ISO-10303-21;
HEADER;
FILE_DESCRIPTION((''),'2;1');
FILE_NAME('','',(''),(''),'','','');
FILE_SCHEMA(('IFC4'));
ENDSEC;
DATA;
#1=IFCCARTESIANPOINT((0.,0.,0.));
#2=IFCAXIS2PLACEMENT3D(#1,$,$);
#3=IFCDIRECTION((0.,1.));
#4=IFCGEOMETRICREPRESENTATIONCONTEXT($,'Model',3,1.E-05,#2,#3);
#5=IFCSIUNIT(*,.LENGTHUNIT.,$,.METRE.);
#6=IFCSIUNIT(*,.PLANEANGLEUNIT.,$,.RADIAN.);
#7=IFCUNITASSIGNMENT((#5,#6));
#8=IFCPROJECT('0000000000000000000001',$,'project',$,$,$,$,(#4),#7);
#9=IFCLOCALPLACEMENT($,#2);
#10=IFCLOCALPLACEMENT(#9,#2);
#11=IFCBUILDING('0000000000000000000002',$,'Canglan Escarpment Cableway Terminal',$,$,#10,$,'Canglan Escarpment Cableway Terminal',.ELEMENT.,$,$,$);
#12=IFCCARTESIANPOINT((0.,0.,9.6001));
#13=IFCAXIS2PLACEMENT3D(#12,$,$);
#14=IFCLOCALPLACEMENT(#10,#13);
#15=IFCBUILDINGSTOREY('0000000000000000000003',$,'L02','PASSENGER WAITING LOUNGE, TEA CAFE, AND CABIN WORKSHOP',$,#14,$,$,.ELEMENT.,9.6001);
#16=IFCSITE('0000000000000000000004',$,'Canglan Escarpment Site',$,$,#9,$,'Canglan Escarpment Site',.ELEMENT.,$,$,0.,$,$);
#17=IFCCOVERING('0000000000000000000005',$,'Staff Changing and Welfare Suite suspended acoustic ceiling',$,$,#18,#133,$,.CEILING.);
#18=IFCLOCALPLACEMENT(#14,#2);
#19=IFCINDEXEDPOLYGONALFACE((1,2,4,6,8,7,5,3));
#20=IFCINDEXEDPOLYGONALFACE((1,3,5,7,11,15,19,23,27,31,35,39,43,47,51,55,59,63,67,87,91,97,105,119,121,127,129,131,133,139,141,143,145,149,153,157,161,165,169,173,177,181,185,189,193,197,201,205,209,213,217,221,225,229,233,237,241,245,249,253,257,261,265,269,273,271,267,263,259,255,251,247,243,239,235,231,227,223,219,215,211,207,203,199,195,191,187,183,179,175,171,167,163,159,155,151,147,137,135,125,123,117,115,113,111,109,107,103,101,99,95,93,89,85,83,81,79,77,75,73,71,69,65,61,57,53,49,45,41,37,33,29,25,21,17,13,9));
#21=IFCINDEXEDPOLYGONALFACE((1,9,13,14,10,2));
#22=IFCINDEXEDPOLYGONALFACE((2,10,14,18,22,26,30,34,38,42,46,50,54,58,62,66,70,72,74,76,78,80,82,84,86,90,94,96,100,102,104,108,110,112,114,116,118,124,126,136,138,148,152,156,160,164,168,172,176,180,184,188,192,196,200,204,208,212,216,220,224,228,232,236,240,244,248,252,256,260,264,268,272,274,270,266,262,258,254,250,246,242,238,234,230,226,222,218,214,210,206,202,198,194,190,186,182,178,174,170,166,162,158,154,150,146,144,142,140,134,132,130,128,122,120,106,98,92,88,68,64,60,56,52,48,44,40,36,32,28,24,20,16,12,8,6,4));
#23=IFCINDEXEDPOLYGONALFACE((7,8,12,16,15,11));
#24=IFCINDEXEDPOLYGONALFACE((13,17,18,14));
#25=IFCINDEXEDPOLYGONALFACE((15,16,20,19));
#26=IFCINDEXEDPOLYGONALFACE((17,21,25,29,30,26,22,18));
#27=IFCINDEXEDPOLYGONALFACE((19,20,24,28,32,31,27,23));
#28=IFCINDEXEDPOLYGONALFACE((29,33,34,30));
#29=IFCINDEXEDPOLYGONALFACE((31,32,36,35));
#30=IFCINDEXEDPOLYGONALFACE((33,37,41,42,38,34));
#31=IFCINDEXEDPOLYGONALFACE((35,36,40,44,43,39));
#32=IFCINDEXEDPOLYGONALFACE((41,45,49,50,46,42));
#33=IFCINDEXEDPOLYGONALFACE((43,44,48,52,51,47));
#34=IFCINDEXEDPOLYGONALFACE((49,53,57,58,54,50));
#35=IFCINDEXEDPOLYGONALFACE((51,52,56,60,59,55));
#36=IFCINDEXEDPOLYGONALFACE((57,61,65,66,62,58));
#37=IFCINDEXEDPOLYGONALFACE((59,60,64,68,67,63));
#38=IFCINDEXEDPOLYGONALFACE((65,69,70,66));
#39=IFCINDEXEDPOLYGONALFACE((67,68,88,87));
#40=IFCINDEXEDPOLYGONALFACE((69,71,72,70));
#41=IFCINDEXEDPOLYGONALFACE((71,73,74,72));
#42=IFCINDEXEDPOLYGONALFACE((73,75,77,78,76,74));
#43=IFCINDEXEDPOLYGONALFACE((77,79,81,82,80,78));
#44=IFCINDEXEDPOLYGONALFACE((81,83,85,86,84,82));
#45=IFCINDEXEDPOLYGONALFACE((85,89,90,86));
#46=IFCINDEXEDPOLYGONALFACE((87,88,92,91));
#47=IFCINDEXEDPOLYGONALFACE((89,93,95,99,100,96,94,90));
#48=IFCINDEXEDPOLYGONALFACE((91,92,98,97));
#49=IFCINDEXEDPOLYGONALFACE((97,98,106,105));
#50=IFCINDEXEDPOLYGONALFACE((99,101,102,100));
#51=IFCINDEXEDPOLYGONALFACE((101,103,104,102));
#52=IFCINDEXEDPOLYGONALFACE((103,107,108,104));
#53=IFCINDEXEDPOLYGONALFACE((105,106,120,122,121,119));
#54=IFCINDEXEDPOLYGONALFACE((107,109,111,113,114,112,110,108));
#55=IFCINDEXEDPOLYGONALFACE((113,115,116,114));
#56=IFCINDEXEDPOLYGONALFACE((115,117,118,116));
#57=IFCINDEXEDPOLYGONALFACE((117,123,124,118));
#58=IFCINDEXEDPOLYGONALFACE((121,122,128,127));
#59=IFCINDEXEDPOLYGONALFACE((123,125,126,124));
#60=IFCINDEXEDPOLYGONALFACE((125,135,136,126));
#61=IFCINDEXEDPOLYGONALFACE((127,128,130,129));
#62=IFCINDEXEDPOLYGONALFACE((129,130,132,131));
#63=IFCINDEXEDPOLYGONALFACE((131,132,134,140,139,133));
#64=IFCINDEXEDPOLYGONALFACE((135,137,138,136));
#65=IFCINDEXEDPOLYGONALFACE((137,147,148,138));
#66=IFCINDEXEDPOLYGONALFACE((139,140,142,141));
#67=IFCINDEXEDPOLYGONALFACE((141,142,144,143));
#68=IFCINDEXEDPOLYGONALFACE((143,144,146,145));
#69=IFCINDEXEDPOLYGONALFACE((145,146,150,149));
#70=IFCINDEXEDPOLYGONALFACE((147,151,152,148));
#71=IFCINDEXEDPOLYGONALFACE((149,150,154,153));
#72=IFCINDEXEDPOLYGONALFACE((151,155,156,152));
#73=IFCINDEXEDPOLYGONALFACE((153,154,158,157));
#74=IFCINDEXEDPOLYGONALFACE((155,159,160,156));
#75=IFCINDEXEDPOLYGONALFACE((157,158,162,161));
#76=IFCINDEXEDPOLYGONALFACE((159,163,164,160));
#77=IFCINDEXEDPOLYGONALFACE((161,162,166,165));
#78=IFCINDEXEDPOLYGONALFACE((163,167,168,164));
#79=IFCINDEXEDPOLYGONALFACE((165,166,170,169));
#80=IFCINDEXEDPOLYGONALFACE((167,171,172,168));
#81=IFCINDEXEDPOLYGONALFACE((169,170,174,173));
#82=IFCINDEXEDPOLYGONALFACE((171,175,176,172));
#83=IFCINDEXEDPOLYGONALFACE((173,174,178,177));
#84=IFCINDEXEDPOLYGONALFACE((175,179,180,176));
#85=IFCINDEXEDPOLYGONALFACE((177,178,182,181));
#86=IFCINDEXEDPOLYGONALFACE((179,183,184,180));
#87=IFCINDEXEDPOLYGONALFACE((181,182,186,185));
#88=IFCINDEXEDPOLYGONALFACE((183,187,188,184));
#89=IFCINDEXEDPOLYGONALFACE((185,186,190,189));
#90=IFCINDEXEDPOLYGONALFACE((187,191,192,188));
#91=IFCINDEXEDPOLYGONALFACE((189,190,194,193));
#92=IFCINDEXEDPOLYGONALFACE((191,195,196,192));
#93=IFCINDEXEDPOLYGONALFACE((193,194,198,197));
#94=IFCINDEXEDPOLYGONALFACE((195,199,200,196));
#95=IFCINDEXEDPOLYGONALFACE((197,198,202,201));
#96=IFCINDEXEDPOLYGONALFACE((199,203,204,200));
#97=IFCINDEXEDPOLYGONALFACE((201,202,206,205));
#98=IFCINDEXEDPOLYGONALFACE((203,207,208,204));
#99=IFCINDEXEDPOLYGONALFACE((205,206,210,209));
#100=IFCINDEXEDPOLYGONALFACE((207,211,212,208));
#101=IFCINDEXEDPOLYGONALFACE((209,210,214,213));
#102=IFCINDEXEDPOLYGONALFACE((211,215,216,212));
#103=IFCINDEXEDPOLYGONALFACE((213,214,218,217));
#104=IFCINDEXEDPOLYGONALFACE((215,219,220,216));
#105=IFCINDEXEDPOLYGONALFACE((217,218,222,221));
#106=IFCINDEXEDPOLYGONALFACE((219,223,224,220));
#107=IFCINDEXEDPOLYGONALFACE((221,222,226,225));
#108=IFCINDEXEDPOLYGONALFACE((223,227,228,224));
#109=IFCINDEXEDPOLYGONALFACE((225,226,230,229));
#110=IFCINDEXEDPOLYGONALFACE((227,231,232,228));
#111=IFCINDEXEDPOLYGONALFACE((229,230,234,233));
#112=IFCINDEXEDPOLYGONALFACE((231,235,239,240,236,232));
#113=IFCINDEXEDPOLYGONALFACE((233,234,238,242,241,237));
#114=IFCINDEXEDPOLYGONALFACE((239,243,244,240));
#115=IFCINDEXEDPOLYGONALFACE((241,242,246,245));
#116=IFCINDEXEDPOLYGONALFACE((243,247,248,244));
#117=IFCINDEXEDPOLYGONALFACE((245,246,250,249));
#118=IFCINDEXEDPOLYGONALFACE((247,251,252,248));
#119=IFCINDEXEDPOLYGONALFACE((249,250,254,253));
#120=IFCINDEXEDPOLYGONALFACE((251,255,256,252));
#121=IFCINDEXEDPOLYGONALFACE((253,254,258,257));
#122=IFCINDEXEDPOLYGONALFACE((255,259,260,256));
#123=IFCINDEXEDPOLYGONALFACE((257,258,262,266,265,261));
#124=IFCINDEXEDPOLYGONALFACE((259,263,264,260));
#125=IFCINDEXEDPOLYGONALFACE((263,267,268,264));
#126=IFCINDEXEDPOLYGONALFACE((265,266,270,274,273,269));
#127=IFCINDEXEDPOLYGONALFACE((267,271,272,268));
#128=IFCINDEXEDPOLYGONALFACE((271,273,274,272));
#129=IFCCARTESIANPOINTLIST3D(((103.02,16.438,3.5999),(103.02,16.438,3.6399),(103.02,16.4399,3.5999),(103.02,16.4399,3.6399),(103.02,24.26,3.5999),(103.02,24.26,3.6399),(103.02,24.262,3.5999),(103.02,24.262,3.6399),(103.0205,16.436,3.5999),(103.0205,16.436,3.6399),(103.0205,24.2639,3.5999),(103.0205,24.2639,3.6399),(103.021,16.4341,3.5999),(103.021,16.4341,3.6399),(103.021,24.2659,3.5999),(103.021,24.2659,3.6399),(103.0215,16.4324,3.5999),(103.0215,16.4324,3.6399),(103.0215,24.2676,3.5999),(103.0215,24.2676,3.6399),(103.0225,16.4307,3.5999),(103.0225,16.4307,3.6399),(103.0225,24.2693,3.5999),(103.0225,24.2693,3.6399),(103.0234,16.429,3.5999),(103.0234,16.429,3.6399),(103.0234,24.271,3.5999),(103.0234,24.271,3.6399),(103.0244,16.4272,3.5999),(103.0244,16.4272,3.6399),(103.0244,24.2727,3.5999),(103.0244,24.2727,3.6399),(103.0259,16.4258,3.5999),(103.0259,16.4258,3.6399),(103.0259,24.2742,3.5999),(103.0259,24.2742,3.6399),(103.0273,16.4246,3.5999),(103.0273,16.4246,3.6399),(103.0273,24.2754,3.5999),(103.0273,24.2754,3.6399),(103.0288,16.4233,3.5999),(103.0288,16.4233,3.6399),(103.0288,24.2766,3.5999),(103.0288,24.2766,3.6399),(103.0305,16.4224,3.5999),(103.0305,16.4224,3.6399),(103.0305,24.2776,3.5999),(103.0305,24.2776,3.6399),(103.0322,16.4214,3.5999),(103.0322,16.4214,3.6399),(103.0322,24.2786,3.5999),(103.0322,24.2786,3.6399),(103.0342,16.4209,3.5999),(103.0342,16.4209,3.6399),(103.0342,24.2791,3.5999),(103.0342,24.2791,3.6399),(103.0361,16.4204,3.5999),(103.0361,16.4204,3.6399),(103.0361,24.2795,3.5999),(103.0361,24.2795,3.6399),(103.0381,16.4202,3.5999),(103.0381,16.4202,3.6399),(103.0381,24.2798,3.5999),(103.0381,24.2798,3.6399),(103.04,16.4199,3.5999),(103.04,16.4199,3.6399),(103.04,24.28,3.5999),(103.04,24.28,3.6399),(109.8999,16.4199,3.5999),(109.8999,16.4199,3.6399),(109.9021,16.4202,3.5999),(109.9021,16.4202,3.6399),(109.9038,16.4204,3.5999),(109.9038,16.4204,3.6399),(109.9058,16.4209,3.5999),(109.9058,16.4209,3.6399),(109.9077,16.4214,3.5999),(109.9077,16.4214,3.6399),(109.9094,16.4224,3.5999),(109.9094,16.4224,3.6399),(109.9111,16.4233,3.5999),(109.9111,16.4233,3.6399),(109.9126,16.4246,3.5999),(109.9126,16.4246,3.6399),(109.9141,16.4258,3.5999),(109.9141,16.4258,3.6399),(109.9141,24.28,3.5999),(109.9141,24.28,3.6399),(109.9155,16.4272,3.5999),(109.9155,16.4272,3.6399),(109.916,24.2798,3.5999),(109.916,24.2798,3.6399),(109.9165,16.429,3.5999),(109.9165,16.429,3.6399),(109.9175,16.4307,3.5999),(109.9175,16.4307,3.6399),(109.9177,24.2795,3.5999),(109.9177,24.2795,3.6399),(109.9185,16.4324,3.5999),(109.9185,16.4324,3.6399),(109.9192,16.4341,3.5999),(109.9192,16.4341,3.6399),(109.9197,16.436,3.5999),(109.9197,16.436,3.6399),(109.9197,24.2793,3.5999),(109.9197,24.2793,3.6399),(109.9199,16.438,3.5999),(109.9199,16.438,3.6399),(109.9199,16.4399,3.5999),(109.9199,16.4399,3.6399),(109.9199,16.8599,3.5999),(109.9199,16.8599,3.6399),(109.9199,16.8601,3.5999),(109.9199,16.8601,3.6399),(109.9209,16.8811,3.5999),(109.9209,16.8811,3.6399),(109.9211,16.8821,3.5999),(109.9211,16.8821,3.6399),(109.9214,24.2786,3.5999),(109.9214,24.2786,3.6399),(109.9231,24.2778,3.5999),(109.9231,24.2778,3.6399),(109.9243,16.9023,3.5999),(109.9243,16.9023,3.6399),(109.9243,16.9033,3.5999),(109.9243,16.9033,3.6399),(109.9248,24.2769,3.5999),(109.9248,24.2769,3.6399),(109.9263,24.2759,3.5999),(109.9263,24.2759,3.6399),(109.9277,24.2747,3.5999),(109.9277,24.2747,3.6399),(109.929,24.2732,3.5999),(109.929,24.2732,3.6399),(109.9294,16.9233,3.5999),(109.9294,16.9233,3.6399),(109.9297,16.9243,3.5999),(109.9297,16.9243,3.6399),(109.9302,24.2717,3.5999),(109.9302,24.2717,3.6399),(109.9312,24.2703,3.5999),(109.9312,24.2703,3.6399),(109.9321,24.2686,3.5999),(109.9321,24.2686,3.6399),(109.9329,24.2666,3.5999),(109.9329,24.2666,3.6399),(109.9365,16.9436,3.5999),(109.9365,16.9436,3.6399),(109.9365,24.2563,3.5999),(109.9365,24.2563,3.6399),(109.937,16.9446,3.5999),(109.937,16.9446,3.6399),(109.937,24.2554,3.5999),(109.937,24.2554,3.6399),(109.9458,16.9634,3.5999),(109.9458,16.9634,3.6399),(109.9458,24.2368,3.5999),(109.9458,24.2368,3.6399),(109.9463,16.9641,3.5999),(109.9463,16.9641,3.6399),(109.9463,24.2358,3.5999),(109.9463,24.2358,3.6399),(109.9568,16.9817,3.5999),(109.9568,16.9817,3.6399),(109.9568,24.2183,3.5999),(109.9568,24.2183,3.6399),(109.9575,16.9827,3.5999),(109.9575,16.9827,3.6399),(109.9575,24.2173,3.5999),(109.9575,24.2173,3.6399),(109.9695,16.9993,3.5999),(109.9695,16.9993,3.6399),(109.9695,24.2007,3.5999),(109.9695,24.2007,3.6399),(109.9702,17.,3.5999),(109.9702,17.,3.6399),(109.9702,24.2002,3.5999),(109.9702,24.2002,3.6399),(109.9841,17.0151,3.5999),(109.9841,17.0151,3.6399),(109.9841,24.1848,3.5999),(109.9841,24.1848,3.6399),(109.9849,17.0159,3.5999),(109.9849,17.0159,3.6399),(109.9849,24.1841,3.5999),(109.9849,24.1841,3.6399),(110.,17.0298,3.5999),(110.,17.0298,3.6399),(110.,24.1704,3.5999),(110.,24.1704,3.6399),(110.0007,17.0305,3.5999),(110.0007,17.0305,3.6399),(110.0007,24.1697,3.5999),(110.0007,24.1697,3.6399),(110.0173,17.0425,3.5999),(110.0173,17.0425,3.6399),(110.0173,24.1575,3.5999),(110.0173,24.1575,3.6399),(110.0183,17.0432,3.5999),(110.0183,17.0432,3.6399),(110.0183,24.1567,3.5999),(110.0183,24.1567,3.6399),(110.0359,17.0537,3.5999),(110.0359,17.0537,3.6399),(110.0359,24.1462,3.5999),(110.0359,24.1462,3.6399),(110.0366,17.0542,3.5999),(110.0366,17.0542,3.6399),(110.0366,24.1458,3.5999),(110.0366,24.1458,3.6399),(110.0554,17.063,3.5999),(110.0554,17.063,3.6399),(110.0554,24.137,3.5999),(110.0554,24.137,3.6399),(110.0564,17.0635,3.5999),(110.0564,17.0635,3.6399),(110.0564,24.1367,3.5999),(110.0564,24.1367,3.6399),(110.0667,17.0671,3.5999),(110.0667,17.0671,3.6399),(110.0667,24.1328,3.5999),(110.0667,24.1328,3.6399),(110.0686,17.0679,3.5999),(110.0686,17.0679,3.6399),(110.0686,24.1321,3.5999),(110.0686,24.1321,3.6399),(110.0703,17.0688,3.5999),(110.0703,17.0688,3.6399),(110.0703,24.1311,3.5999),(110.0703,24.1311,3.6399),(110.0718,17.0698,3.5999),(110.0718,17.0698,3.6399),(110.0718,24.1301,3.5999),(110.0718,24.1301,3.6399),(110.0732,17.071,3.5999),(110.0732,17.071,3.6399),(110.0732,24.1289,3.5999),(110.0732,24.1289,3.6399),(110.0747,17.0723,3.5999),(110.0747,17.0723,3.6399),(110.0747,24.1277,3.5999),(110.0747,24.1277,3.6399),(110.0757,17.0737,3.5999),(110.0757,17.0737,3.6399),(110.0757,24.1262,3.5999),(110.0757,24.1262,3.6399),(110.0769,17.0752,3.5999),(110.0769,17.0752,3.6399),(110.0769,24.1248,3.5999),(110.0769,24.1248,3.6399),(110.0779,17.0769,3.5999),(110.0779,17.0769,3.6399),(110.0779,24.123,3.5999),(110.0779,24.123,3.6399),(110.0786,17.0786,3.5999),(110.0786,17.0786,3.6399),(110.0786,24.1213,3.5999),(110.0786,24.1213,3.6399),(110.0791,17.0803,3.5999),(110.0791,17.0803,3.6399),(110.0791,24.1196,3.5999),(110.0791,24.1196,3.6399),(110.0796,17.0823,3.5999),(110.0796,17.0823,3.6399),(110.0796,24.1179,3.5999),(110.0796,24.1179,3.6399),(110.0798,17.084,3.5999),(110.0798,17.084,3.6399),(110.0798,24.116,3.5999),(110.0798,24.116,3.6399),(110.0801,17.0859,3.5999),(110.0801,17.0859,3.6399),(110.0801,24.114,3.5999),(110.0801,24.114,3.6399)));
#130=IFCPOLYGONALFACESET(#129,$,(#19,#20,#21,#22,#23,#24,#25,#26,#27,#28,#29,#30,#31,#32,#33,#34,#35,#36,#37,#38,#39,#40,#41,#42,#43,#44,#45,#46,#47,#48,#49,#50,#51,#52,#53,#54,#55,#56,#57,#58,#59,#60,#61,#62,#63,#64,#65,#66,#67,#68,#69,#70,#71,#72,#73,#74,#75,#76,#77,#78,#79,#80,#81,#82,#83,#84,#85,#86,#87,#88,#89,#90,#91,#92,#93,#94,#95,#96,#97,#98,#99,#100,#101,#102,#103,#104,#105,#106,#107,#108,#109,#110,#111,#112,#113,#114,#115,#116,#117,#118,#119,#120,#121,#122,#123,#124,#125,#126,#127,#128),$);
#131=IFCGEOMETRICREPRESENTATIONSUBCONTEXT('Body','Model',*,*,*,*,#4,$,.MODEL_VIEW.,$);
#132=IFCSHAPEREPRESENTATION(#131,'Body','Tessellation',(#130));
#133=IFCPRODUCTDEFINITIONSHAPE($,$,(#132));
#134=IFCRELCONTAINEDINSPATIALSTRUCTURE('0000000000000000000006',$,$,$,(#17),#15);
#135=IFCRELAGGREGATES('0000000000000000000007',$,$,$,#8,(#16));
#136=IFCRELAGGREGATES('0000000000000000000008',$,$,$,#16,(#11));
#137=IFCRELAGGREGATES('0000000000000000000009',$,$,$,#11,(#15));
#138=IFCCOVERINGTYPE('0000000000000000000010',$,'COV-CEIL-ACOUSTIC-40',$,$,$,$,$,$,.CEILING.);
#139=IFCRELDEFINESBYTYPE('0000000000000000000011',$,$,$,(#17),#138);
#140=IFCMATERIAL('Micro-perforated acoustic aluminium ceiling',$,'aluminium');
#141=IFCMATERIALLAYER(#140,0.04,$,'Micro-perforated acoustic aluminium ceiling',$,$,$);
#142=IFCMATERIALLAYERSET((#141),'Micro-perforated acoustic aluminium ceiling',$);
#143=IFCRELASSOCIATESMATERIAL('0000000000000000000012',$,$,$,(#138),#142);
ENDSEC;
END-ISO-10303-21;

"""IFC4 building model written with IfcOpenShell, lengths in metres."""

from ifc_helpers import new_model, si_unit, direction, frame, origin, place, context, subcontext, project, spatial, polyline, outline, extrude, material, layer, layer_set, type_object, element, save


model = new_model("IFC4")

# Units and contexts
model_context = context("Model", 3, precision=1e-05, world=origin(), true_north=direction((0.0, 1.0)))
body_context = subcontext(model_context, "Body", "Model", "MODEL_VIEW")
ifc_project = project(units=[si_unit("LENGTHUNIT", "METRE"), si_unit("PLANEANGLEUNIT", "RADIAN")], contexts=[model_context])

# Site, building, storey
site_placement = place(None, origin())
site = spatial("IfcSite", under=ifc_project, at=site_placement, Name="Canglan Escarpment Site", LongName="Canglan Escarpment Site", CompositionType="ELEMENT", RefElevation=0.0)
building_placement = place(site_placement, origin())
building = spatial("IfcBuilding", under=site, at=building_placement, Name="Canglan Escarpment Cableway Terminal", LongName="Canglan Escarpment Cableway Terminal", CompositionType="ELEMENT")
storey_placement = place(building_placement, frame((0.0, 0.0, 9.6001)))
storey = spatial("IfcBuildingStorey", under=building, at=storey_placement, Name="L02", Description="PASSENGER WAITING LOUNGE, TEA CAFE, AND CABIN WORKSHOP", CompositionType="ELEMENT", Elevation=9.6001)

# Covering
ifc_material_1 = material(Name="Micro-perforated acoustic aluminium ceiling", Category="aluminium")
ifc_layer_1 = layer(ifc_material_1, 0.04, Name="Micro-perforated acoustic aluminium ceiling")
ifc_layer_set_1 = layer_set([ifc_layer_1], Name="Micro-perforated acoustic aluminium ceiling")
covering_type_1 = type_object("IfcCoveringType", Name="COV-CEIL-ACOUSTIC-40", PredefinedType="CEILING", material=ifc_layer_set_1)
covering_1_placement = place(storey_placement, frame((0.0, 0.0, 3.5999)))
element("IfcCovering", 1, at=covering_1_placement, inside=storey, type_object=covering_type_1, Name="Staff Changing and Welfare Suite suspended acoustic ceiling", PredefinedType="CEILING", context=body_context, shape_type="SweptSolid", body=[
    extrude(outline(polyline([(109.9141, 24.28), (109.916, 24.2798), (109.9177, 24.2795), (109.9197, 24.2793), (109.9214, 24.2786), (109.9231, 24.2778), (109.9248, 24.2769), (109.9263, 24.2759), (109.9277, 24.2747), (109.929, 24.2732), (109.9302, 24.2717), (109.9312, 24.2703), (109.9321, 24.2686), (109.9329, 24.2666), (109.9365, 24.2563), (109.937, 24.2554), (109.9458, 24.2368), (109.9463, 24.2358), (109.9568, 24.2183), (109.9575, 24.2173), (109.9695, 24.2007), (109.9702, 24.2002), (109.9841, 24.1848), (109.9849, 24.1841), (110.0, 24.1704), (110.0007, 24.1697), (110.0173, 24.1575), (110.0183, 24.1567), (110.0359, 24.1462), (110.0366, 24.1458), (110.0554, 24.137), (110.0564, 24.1367), (110.0667, 24.1328), (110.0686, 24.1321), (110.0703, 24.1311), (110.0718, 24.1301), (110.0732, 24.1289), (110.0747, 24.1277), (110.0757, 24.1262), (110.0769, 24.1248), (110.0779, 24.123), (110.0786, 24.1213), (110.0791, 24.1196), (110.0796, 24.1179), (110.0798, 24.116), (110.0801, 24.114), (110.0801, 17.0859), (110.0798, 17.084), (110.0796, 17.0823), (110.0791, 17.0803), (110.0786, 17.0786), (110.0779, 17.0769), (110.0769, 17.0752), (110.0757, 17.0737), (110.0747, 17.0723), (110.0732, 17.071), (110.0718, 17.0698), (110.0703, 17.0688), (110.0686, 17.0679), (110.0667, 17.0671), (110.0564, 17.0635), (110.0554, 17.063), (110.0366, 17.0542), (110.0359, 17.0537), (110.0183, 17.0432), (110.0173, 17.0425), (110.0007, 17.0305), (110.0, 17.0298), (109.9849, 17.0159), (109.9841, 17.0151), (109.9702, 17.0), (109.9695, 16.9993), (109.9575, 16.9827), (109.9568, 16.9817), (109.9463, 16.9641), (109.9458, 16.9634), (109.937, 16.9446), (109.9365, 16.9436), (109.9297, 16.9243), (109.9294, 16.9233), (109.9243, 16.9033), (109.9243, 16.9023), (109.9211, 16.8821), (109.9209, 16.8811), (109.9199, 16.8601), (109.9199, 16.8599), (109.9199, 16.4399), (109.9199, 16.438), (109.9197, 16.436), (109.9192, 16.4341), (109.9185, 16.4324), (109.9175, 16.4307), (109.9165, 16.429), (109.9155, 16.4272), (109.9141, 16.4258), (109.9126, 16.4246), (109.9111, 16.4233), (109.9094, 16.4224), (109.9077, 16.4214), (109.9058, 16.4209), (109.9038, 16.4204), (109.9021, 16.4202), (109.8999, 16.4199), (103.04, 16.4199), (103.0381, 16.4202), (103.0361, 16.4204), (103.0342, 16.4209), (103.0322, 16.4214), (103.0305, 16.4224), (103.0288, 16.4233), (103.0273, 16.4246), (103.0259, 16.4258), (103.0244, 16.4272), (103.0234, 16.429), (103.0225, 16.4307), (103.0215, 16.4324), (103.021, 16.4341), (103.0205, 16.436), (103.02, 16.438), (103.02, 16.4399), (103.02, 24.26), (103.02, 24.262), (103.0205, 24.2639), (103.021, 24.2659), (103.0215, 24.2676), (103.0225, 24.2693), (103.0234, 24.271), (103.0244, 24.2727), (103.0259, 24.2742), (103.0273, 24.2754), (103.0288, 24.2766), (103.0305, 24.2776), (103.0322, 24.2786), (103.0342, 24.2791), (103.0361, 24.2795), (103.0381, 24.2798), (103.04, 24.28), (109.9141, 24.28)])), origin(), (0.0, 0.0, 1.0), 0.04),
])

save(model, "model.ifc")
